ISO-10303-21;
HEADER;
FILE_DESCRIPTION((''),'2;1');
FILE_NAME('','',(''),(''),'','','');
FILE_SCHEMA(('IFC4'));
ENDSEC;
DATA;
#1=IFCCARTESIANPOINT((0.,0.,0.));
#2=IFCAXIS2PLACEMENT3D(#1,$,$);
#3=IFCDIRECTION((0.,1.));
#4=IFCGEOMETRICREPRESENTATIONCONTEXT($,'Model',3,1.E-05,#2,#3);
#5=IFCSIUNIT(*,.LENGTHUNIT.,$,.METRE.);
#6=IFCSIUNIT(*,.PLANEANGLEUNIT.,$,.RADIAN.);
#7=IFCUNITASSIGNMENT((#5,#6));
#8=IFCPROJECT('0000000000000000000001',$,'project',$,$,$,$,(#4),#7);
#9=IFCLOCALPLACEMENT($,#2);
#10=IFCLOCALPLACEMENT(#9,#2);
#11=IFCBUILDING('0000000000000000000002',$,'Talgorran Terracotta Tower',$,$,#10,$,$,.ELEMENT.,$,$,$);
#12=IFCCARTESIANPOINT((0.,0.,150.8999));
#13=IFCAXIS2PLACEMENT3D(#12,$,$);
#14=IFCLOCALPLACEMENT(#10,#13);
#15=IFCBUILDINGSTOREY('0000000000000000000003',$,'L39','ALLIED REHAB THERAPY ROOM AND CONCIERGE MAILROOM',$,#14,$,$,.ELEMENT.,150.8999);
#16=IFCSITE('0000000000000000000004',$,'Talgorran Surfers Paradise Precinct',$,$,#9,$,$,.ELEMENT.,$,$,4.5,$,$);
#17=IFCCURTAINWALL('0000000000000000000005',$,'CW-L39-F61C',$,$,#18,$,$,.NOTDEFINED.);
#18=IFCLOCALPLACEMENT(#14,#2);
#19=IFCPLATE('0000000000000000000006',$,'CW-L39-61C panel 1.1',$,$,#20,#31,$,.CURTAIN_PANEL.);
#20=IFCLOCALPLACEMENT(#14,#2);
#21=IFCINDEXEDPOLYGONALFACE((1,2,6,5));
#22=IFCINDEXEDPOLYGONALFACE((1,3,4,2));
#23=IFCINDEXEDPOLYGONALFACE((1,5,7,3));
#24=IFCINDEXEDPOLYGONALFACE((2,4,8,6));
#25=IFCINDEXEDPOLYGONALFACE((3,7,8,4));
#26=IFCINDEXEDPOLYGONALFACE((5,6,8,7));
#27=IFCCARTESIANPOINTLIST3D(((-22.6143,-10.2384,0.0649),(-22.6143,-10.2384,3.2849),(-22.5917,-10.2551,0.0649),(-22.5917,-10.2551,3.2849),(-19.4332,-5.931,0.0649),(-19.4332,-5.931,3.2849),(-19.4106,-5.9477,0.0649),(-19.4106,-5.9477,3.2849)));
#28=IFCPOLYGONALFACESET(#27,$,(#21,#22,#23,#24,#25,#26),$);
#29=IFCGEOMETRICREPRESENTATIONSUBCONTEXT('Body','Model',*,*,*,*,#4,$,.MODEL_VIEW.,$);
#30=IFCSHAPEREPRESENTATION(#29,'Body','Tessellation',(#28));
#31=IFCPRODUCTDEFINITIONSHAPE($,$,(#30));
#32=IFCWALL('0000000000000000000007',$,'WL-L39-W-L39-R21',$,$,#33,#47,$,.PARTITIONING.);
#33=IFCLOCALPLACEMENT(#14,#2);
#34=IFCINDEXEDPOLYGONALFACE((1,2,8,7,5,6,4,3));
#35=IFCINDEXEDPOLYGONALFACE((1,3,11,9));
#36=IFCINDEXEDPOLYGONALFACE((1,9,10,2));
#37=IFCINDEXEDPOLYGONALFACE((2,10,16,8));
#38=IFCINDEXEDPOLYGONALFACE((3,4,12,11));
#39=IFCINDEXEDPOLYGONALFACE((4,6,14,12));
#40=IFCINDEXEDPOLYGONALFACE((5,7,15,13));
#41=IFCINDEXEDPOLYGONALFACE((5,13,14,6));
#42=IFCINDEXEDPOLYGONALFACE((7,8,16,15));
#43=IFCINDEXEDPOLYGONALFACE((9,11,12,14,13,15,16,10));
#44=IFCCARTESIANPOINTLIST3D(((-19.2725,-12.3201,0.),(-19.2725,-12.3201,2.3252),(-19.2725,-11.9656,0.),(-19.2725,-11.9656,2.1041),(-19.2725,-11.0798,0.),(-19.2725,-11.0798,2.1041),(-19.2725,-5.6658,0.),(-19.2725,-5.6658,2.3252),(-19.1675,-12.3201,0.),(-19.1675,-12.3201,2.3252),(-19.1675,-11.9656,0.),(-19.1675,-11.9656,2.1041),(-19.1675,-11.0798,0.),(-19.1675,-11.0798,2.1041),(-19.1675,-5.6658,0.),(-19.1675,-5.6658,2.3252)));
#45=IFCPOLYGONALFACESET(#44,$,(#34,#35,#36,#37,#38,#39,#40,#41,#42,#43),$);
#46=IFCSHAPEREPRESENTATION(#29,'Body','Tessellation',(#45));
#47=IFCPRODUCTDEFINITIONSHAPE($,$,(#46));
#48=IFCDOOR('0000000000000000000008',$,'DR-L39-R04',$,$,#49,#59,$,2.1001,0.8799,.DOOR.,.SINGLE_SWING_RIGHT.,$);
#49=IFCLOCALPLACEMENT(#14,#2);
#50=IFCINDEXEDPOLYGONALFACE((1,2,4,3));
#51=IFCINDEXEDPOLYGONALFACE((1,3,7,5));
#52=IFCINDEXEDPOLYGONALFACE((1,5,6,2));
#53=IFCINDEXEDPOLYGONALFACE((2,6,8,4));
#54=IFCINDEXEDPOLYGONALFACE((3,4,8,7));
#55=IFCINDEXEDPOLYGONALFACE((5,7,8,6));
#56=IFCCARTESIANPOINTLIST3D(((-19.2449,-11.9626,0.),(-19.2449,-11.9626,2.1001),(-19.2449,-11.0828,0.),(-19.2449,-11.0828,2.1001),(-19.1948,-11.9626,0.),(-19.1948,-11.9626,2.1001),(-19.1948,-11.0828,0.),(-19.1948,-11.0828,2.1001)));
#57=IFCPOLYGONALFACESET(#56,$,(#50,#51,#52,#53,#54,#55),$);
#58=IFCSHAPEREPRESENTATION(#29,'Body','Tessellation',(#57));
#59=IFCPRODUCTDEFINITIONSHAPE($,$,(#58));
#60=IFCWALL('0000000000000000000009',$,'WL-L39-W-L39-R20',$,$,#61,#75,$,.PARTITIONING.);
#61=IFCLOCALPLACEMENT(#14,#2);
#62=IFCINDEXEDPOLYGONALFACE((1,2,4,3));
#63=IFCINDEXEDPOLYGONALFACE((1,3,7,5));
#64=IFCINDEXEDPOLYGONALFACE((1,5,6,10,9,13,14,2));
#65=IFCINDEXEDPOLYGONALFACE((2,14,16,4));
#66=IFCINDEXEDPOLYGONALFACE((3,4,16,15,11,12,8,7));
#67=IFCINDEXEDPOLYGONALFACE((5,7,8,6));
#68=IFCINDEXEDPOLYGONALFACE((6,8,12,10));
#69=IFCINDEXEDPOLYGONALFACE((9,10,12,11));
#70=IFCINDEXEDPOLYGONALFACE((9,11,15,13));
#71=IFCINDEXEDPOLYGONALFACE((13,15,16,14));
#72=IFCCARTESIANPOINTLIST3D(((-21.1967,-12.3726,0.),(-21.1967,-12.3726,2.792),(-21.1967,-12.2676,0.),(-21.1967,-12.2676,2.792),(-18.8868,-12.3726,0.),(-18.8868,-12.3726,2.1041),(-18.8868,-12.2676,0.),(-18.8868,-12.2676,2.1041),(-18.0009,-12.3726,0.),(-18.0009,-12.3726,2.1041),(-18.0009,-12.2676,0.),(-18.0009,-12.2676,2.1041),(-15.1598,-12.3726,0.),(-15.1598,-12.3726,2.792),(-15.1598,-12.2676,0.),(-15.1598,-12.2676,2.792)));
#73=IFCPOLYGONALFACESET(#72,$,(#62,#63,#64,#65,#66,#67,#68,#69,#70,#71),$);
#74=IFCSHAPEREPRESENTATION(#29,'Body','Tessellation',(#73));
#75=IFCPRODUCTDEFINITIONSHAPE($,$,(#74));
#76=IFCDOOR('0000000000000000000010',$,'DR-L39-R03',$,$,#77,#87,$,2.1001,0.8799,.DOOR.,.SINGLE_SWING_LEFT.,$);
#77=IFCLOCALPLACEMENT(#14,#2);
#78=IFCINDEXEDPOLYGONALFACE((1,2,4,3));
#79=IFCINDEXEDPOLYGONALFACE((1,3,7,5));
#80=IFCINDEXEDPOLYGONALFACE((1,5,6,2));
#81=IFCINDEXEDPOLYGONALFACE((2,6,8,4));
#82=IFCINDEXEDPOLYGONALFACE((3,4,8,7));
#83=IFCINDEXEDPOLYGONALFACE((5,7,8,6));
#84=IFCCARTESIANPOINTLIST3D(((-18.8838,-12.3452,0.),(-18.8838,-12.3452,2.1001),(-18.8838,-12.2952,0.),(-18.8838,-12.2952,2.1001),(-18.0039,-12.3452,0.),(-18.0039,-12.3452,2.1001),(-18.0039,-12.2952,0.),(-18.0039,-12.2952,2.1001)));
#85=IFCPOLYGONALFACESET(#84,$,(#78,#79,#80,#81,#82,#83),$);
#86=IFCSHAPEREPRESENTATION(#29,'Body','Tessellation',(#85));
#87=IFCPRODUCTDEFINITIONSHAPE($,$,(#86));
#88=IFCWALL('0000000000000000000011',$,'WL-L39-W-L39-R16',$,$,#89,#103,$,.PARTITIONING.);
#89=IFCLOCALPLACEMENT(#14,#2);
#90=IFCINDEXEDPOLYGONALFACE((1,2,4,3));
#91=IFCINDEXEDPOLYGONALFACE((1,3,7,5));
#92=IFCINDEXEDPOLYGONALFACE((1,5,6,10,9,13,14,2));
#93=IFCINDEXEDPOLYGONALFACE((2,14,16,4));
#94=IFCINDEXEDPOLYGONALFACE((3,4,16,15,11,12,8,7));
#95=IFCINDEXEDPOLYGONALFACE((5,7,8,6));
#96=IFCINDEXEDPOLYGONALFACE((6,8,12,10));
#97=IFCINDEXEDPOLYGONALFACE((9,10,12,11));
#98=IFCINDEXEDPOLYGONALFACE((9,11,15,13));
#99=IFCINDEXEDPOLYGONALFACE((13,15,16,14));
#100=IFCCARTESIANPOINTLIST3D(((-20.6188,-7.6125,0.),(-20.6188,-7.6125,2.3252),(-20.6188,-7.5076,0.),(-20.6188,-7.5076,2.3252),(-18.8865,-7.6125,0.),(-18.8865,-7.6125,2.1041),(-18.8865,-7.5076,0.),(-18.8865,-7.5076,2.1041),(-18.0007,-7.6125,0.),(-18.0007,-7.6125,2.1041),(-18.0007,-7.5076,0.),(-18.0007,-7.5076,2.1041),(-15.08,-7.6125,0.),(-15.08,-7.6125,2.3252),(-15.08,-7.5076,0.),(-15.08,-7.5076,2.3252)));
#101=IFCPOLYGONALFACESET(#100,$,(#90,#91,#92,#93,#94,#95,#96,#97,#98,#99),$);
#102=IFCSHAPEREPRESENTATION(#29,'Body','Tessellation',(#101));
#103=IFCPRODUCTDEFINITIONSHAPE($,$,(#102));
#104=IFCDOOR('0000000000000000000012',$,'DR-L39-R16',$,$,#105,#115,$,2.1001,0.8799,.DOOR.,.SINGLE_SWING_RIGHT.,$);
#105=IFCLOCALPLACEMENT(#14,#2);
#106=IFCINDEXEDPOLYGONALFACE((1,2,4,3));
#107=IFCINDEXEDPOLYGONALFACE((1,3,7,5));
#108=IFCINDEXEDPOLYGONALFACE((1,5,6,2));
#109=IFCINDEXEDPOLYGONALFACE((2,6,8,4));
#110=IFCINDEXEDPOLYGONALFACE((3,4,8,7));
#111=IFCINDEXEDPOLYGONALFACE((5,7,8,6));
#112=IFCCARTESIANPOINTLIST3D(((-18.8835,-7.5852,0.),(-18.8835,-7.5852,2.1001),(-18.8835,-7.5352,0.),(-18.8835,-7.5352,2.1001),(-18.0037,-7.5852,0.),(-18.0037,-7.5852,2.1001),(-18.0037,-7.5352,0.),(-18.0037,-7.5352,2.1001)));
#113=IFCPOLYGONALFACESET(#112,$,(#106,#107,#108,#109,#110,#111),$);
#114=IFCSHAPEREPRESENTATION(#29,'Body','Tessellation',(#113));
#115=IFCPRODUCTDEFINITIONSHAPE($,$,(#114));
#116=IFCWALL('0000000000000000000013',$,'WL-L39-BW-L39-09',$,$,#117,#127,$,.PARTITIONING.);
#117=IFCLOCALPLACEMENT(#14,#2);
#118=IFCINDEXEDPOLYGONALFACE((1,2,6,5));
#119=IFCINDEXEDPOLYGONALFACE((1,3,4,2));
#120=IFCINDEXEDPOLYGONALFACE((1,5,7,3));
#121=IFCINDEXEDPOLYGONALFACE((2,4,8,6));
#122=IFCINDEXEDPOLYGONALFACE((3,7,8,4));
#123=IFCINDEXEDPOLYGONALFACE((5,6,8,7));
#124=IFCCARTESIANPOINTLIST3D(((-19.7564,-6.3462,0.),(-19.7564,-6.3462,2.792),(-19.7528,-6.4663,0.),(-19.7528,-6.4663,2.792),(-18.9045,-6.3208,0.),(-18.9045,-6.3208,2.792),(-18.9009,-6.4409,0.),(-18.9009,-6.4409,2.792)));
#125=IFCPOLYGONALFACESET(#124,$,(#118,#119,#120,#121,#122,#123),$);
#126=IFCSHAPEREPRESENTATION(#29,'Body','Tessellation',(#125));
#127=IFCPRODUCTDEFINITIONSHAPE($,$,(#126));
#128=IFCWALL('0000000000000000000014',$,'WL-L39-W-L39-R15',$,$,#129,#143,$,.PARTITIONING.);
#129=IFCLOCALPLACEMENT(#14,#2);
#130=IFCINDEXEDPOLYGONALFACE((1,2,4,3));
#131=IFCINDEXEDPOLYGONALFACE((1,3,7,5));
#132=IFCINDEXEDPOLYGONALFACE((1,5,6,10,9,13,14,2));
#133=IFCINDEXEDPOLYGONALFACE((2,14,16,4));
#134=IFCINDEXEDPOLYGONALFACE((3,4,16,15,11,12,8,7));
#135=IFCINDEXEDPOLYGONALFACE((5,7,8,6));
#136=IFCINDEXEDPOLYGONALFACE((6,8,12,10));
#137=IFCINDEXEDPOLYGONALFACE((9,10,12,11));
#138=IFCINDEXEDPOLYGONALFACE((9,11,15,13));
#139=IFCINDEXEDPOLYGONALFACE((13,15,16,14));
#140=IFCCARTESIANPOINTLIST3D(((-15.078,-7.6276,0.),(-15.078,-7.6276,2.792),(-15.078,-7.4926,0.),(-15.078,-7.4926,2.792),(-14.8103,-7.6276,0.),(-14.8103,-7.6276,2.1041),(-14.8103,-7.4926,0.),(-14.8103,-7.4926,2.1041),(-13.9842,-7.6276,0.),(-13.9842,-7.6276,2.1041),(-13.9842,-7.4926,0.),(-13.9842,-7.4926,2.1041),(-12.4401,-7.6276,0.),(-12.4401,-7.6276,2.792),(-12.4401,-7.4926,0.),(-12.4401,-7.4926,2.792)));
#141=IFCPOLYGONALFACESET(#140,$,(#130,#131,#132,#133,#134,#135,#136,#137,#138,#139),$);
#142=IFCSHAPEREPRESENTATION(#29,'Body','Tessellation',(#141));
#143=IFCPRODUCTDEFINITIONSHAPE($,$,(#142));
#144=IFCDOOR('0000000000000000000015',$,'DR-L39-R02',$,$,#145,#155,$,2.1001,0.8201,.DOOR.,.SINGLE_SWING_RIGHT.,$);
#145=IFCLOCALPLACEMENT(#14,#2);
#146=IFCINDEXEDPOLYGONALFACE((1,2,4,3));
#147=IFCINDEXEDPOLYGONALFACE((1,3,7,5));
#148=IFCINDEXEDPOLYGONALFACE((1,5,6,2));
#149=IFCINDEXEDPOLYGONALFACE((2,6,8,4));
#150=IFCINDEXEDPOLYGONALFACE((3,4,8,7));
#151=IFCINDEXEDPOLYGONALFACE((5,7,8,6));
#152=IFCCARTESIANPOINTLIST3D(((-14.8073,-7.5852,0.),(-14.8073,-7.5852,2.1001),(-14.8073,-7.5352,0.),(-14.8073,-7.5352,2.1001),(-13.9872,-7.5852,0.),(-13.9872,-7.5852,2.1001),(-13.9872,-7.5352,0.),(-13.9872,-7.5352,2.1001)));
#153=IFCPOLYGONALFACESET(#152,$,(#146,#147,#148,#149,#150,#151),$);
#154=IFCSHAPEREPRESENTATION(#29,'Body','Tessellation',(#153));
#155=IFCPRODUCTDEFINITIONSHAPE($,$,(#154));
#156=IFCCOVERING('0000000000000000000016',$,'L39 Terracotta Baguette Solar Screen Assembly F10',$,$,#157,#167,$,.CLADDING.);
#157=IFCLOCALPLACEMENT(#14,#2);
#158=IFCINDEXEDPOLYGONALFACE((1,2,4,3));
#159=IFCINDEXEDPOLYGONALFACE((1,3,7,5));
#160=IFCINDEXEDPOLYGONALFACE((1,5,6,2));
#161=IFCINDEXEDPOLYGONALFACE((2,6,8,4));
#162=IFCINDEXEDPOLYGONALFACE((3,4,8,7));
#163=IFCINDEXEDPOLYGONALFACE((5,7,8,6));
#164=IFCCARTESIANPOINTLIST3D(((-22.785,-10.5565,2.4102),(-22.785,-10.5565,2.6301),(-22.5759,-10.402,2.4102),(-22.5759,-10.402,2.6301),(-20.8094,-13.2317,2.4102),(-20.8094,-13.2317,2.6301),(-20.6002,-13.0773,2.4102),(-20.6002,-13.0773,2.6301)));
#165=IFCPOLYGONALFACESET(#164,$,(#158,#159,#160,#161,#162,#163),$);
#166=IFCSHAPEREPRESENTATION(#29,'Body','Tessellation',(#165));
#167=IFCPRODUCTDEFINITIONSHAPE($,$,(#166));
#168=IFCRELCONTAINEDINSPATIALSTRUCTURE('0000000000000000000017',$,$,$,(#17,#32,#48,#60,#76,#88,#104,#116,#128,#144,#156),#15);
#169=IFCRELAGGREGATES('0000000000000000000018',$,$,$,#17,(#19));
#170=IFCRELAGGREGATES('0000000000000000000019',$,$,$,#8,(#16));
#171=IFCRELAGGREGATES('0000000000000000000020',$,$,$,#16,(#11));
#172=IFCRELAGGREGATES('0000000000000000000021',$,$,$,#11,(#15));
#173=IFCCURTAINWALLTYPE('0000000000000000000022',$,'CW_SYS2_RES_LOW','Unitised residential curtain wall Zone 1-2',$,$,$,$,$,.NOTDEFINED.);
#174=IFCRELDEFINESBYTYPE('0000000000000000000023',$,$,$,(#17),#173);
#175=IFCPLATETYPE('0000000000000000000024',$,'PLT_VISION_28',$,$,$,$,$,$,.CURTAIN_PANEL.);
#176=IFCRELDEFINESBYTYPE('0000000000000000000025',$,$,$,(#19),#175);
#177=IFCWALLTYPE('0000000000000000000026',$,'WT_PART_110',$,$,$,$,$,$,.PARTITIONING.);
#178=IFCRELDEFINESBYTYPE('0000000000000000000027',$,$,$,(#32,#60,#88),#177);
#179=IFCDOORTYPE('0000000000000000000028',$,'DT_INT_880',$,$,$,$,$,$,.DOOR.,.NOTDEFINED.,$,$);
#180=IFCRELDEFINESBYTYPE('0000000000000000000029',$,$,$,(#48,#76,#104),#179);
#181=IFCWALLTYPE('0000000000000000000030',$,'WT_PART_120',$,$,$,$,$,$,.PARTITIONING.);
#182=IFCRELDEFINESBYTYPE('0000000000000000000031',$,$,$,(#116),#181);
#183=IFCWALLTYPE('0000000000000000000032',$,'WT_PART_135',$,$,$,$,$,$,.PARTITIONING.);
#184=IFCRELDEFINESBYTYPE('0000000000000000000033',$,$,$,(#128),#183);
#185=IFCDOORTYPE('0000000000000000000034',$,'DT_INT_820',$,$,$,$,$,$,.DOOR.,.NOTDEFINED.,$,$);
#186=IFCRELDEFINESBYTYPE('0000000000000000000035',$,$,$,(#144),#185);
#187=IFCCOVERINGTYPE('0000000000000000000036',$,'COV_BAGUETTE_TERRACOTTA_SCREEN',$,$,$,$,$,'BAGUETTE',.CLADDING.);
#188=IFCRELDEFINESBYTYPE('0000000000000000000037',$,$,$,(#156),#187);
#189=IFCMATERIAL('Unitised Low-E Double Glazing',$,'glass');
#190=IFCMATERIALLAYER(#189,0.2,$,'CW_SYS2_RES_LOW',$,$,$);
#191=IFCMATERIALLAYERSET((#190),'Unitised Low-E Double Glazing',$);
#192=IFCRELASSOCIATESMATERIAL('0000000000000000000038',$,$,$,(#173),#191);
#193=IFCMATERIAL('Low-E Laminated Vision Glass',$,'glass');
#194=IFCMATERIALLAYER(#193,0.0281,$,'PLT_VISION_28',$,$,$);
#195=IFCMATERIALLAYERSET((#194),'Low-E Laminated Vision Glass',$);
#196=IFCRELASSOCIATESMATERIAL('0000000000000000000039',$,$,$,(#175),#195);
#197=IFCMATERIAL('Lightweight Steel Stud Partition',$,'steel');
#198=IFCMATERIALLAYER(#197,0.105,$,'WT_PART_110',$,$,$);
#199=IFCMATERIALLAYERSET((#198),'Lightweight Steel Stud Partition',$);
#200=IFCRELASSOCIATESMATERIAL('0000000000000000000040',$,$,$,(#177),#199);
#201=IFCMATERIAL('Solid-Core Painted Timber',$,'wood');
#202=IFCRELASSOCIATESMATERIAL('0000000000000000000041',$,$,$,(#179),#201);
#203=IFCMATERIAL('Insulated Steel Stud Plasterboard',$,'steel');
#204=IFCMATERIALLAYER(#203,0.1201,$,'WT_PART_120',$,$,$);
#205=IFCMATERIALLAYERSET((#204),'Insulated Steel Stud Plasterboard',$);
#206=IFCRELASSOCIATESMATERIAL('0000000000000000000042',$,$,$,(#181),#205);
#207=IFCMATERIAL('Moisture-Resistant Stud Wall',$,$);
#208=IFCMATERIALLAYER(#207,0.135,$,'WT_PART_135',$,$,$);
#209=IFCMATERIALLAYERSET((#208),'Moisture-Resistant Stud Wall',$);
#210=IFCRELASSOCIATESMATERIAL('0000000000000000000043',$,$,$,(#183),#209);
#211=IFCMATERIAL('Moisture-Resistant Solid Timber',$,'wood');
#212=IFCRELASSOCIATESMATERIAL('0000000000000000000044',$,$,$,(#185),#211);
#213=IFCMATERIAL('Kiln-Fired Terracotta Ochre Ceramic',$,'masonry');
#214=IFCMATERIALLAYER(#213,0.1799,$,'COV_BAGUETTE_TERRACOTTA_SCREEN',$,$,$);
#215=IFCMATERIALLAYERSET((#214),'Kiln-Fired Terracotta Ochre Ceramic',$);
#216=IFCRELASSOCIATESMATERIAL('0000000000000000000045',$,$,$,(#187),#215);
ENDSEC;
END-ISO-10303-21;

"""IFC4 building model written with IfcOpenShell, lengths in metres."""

from ifc_helpers import new_model, si_unit, direction, frame, frame_2d, origin, origin_2d, place, context, subcontext, project, spatial, rectangle, extrude, source, transform, mapped, material, layer, layer_set, type_object, element, fill, aggregate, save


model = new_model("IFC4")

# Units and contexts
model_context = context("Model", 3, precision=1e-05, world=origin(), true_north=direction((0.0, 1.0)))
body_context = subcontext(model_context, "Body", "Model", "MODEL_VIEW")
ifc_project = project(units=[si_unit("LENGTHUNIT", "METRE"), si_unit("PLANEANGLEUNIT", "RADIAN")], contexts=[model_context])

# Site, building, storey
site_placement = place(None, origin())
site = spatial("IfcSite", under=ifc_project, at=site_placement, Name="Talgorran Surfers Paradise Precinct", CompositionType="ELEMENT", RefElevation=4.5)
building_placement = place(site_placement, origin())
building = spatial("IfcBuilding", under=site, at=building_placement, Name="Talgorran Terracotta Tower", CompositionType="ELEMENT")
storey_placement = place(building_placement, frame((0.0, 0.0, 150.8999)))
storey = spatial("IfcBuildingStorey", under=building, at=storey_placement, Name="L39", Description="ALLIED REHAB THERAPY ROOM AND CONCIERGE MAILROOM", CompositionType="ELEMENT", Elevation=150.8999)

# Shared definitions
ifc_material_1 = material(Name="Unitised Low-E Double Glazing", Category="glass")
ifc_layer_1 = layer(ifc_material_1, 0.2, Name="CW_SYS2_RES_LOW")
ifc_layer_set_1 = layer_set([ifc_layer_1], Name="Unitised Low-E Double Glazing")
curtain_wall_type = type_object("IfcCurtainWallType", Name="CW_SYS2_RES_LOW", Description="Unitised residential curtain wall Zone 1-2", PredefinedType="NOTDEFINED", material=ifc_layer_set_1)

# Curtain wall
curtain_wall_1_placement = place(storey_placement, origin())
curtain_wall_1 = element("IfcCurtainWall", 1, at=curtain_wall_1_placement, inside=storey, type_object=curtain_wall_type, Name="CW-L39-F61C", PredefinedType="NOTDEFINED")

# Plate
ifc_material_2 = material(Name="Low-E Laminated Vision Glass", Category="glass")
ifc_layer_2 = layer(ifc_material_2, 0.0281, Name="PLT_VISION_28")
ifc_layer_set_2 = layer_set([ifc_layer_2], Name="Low-E Laminated Vision Glass")
plate_type_1 = type_object("IfcPlateType", Name="PLT_VISION_28", PredefinedType="CURTAIN_PANEL", material=ifc_layer_set_2)
shared_shape_1 = source(origin(), body_context, "Body", "SweptSolid", [
    extrude(rectangle(XDim=5.3547, YDim=0.0281, at=origin_2d()), origin(), (0.0, 0.0, 1.0), 3.22),
])
plate_1_placement = place(storey_placement, frame((-21.0125, -8.093, 0.0649), z_axis=(0.0, 0.0, 1.0), x_axis=(-0.594076, -0.804409, 0.0)))
plate_1 = element("IfcPlate", 2, at=plate_1_placement, type_object=plate_type_1, Name="CW-L39-61C panel 1.1", PredefinedType="CURTAIN_PANEL", context=body_context, shape_type="MappedRepresentation", body=[
    mapped(shared_shape_1, transform((0.0, 0.0, 0.0), scale=1.0)),
])
aggregate(curtain_wall_1, [plate_1])

# Walls, openings, doors
ifc_material_3 = material(Name="Lightweight Steel Stud Partition", Category="steel")
ifc_layer_3 = layer(ifc_material_3, 0.105, Name="WT_PART_110")
ifc_layer_set_3 = layer_set([ifc_layer_3], Name="Lightweight Steel Stud Partition")
wall_type_1 = type_object("IfcWallType", Name="WT_PART_110", PredefinedType="PARTITIONING", material=ifc_layer_set_3)
wall_1_placement = place(storey_placement, frame((-19.22, -12.3201, 0.0), z_axis=(0.0, 0.0, 1.0), x_axis=(0.0, 1.0, 0.0)))
wall_1 = element("IfcWall", 3, at=wall_1_placement, inside=storey, type_object=wall_type_1, Name="WL-L39-W-L39-R21", PredefinedType="PARTITIONING", context=body_context, shape_type="SweptSolid", body=[
    extrude(rectangle(XDim=6.6543, YDim=0.105, at=frame_2d((3.3271, 0.0))), origin(), (0.0, 0.0, 1.0), 2.3252),
])
opening_1_placement = place(wall_1_placement, frame((0.3574, 0.0, 0.0)))
opening_1 = element("IfcOpeningElement", 4, at=opening_1_placement, cuts=wall_1, PredefinedType="OPENING", context=body_context, shape_type="SweptSolid", body=[
    extrude(rectangle(XDim=0.8859, YDim=2.1041, at=frame_2d((0.4399, 1.052))), frame((0.0, 0.0625, 0.0), z_axis=(0.0, -1.0, 0.0), x_axis=(1.0, 0.0, 0.0)), (0.0, 0.0, 1.0), 0.125),
])
ifc_material_4 = material(Name="Solid-Core Painted Timber", Category="wood")
door_type_1 = type_object("IfcDoorType", Name="DT_INT_880", OperationType="NOTDEFINED", PredefinedType="DOOR", material=ifc_material_4)
door_1_placement = place(opening_1_placement, origin())
door_1 = element("IfcDoor", 5, at=door_1_placement, inside=storey, type_object=door_type_1, Name="DR-L39-R04", OperationType="SINGLE_SWING_RIGHT", OverallHeight=2.1001, OverallWidth=0.8799, PredefinedType="DOOR", context=body_context, shape_type="SweptSolid", body=[
    extrude(rectangle(XDim=0.8799, YDim=2.1001, at=frame_2d((0.4399, 1.05))), frame((0.0, 0.0249, 0.0), z_axis=(0.0, -1.0, 0.0), x_axis=(1.0, 0.0, 0.0)), (0.0, 0.0, 1.0), 0.05),
])
fill(opening_1, door_1)
wall_2_placement = place(storey_placement, frame((-21.1968, -12.3201, 0.0), z_axis=(0.0, 0.0, 1.0), x_axis=(1.0, 0.0, 0.0)))
wall_2 = element("IfcWall", 6, at=wall_2_placement, inside=storey, type_object=wall_type_1, Name="WL-L39-W-L39-R20", PredefinedType="PARTITIONING", context=body_context, shape_type="SweptSolid", body=[
    extrude(rectangle(XDim=6.0369, YDim=0.105, at=frame_2d((3.0186, 0.0))), origin(), (0.0, 0.0, 1.0), 2.792),
])
opening_2_placement = place(wall_2_placement, frame((2.313, 0.0, 0.0)))
opening_2 = element("IfcOpeningElement", 7, at=opening_2_placement, cuts=wall_2, PredefinedType="OPENING", context=body_context, shape_type="SweptSolid", body=[
    extrude(rectangle(XDim=0.8859, YDim=2.1041, at=frame_2d((0.4399, 1.052))), frame((0.0, 0.0625, 0.0), z_axis=(0.0, -1.0, 0.0), x_axis=(1.0, 0.0, 0.0)), (0.0, 0.0, 1.0), 0.125),
])
door_2_placement = place(opening_2_placement, origin())
door_2 = element("IfcDoor", 8, at=door_2_placement, inside=storey, type_object=door_type_1, Name="DR-L39-R03", OperationType="SINGLE_SWING_LEFT", OverallHeight=2.1001, OverallWidth=0.8799, PredefinedType="DOOR", context=body_context, shape_type="SweptSolid", body=[
    extrude(rectangle(XDim=0.8799, YDim=2.1001, at=frame_2d((0.4399, 1.05))), frame((0.0, 0.0249, 0.0), z_axis=(0.0, -1.0, 0.0), x_axis=(1.0, 0.0, 0.0)), (0.0, 0.0, 1.0), 0.05),
])
fill(opening_2, door_2)
wall_3_placement = place(storey_placement, frame((-20.6189, -7.5601, 0.0), z_axis=(0.0, 0.0, 1.0), x_axis=(1.0, 0.0, 0.0)))
wall_3 = element("IfcWall", 9, at=wall_3_placement, inside=storey, type_object=wall_type_1, Name="WL-L39-W-L39-R16", PredefinedType="PARTITIONING", context=body_context, shape_type="SweptSolid", body=[
    extrude(rectangle(XDim=5.5388, YDim=0.105, at=frame_2d((2.7695, 0.0))), origin(), (0.0, 0.0, 1.0), 2.3252),
])
opening_3_placement = place(wall_3_placement, frame((1.7354, 0.0, 0.0)))
opening_3 = element("IfcOpeningElement", 10, at=opening_3_placement, cuts=wall_3, PredefinedType="OPENING", context=body_context, shape_type="SweptSolid", body=[
    extrude(rectangle(XDim=0.8859, YDim=2.1041, at=frame_2d((0.4399, 1.052))), frame((0.0, 0.0625, 0.0), z_axis=(0.0, -1.0, 0.0), x_axis=(1.0, 0.0, 0.0)), (0.0, 0.0, 1.0), 0.125),
])
door_3_placement = place(opening_3_placement, origin())
door_3 = element("IfcDoor", 11, at=door_3_placement, inside=storey, type_object=door_type_1, Name="DR-L39-R16", OperationType="SINGLE_SWING_RIGHT", OverallHeight=2.1001, OverallWidth=0.8799, PredefinedType="DOOR", context=body_context, shape_type="SweptSolid", body=[
    extrude(rectangle(XDim=0.8799, YDim=2.1001, at=frame_2d((0.4399, 1.05))), frame((0.0, 0.0249, 0.0), z_axis=(0.0, -1.0, 0.0), x_axis=(1.0, 0.0, 0.0)), (0.0, 0.0, 1.0), 0.05),
])
fill(opening_3, door_3)

# Wall
ifc_material_5 = material(Name="Insulated Steel Stud Plasterboard", Category="steel")
ifc_layer_4 = layer(ifc_material_5, 0.1201, Name="WT_PART_120")
ifc_layer_set_4 = layer_set([ifc_layer_4], Name="Insulated Steel Stud Plasterboard")
wall_type_2 = type_object("IfcWallType", Name="WT_PART_120", PredefinedType="PARTITIONING", material=ifc_layer_set_4)
wall_4_placement = place(storey_placement, frame((-18.9026, -6.3809, 0.0), z_axis=(0.0, 0.0, 1.0), x_axis=(-0.999556, -0.029795, 0.0)))
element("IfcWall", 12, at=wall_4_placement, inside=storey, type_object=wall_type_2, Name="WL-L39-BW-L39-09", PredefinedType="PARTITIONING", context=body_context, shape_type="SweptSolid", body=[
    extrude(rectangle(XDim=0.8523, YDim=0.1201, at=frame_2d((0.4263, 0.0))), origin(), (0.0, 0.0, 1.0), 2.792),
])

# Wall, opening, door
ifc_material_6 = material(Name="Moisture-Resistant Stud Wall")
ifc_layer_5 = layer(ifc_material_6, 0.135, Name="WT_PART_135")
ifc_layer_set_5 = layer_set([ifc_layer_5], Name="Moisture-Resistant Stud Wall")
wall_type_3 = type_object("IfcWallType", Name="WT_PART_135", PredefinedType="PARTITIONING", material=ifc_layer_set_5)
wall_5_placement = place(storey_placement, frame((-15.0779, -7.5601, 0.0), z_axis=(0.0, 0.0, 1.0), x_axis=(1.0, 0.0, 0.0)))
wall_5 = element("IfcWall", 13, at=wall_5_placement, inside=storey, type_object=wall_type_3, Name="WL-L39-W-L39-R15", PredefinedType="PARTITIONING", context=body_context, shape_type="SweptSolid", body=[
    extrude(rectangle(XDim=2.6379, YDim=0.135, at=frame_2d((1.3188, 0.0))), origin(), (0.0, 0.0, 1.0), 2.792),
])
opening_4_placement = place(wall_5_placement, frame((0.2705, 0.0, 0.0)))
opening_4 = element("IfcOpeningElement", 14, at=opening_4_placement, cuts=wall_5, PredefinedType="OPENING", context=body_context, shape_type="SweptSolid", body=[
    extrude(rectangle(XDim=0.8261, YDim=2.1041, at=frame_2d((0.4102, 1.052))), frame((0.0, 0.0776, 0.0), z_axis=(0.0, -1.0, 0.0), x_axis=(1.0, 0.0, 0.0)), (0.0, 0.0, 1.0), 0.155),
])
ifc_material_7 = material(Name="Moisture-Resistant Solid Timber", Category="wood")
door_type_2 = type_object("IfcDoorType", Name="DT_INT_820", OperationType="NOTDEFINED", PredefinedType="DOOR", material=ifc_material_7)
door_4_placement = place(opening_4_placement, origin())
door_4 = element("IfcDoor", 15, at=door_4_placement, inside=storey, type_object=door_type_2, Name="DR-L39-R02", OperationType="SINGLE_SWING_RIGHT", OverallHeight=2.1001, OverallWidth=0.8201, PredefinedType="DOOR", context=body_context, shape_type="SweptSolid", body=[
    extrude(rectangle(XDim=0.8201, YDim=2.1001, at=frame_2d((0.4102, 1.05))), frame((0.0, 0.0249, 0.0), z_axis=(0.0, -1.0, 0.0), x_axis=(1.0, 0.0, 0.0)), (0.0, 0.0, 1.0), 0.05),
])
fill(opening_4, door_4)

# Covering
ifc_material_8 = material(Name="Kiln-Fired Terracotta Ochre Ceramic", Category="masonry")
ifc_layer_6 = layer(ifc_material_8, 0.1799, Name="COV_BAGUETTE_TERRACOTTA_SCREEN")
ifc_layer_set_6 = layer_set([ifc_layer_6], Name="Kiln-Fired Terracotta Ochre Ceramic")
covering_type_1 = type_object("IfcCoveringType", Name="COV_BAGUETTE_TERRACOTTA_SCREEN", ElementType="BAGUETTE", PredefinedType="CLADDING", material=ifc_layer_set_6)
covering_1_placement = place(storey_placement, frame((-21.6926, -11.8169, 2.4102), z_axis=(0.0, 0.0, 1.0), x_axis=(0.594065, -0.804417, 0.0)))
element("IfcCovering", 16, at=covering_1_placement, inside=storey, type_object=covering_type_1, Name="L39 Terracotta Baguette Solar Screen Assembly F10", PredefinedType="CLADDING", context=body_context, shape_type="SweptSolid", body=[
    extrude(rectangle(XDim=3.3257, YDim=0.26, at=origin_2d()), origin(), (0.0, 0.0, 1.0), 0.22),
])

save(model, "model.ifc")
